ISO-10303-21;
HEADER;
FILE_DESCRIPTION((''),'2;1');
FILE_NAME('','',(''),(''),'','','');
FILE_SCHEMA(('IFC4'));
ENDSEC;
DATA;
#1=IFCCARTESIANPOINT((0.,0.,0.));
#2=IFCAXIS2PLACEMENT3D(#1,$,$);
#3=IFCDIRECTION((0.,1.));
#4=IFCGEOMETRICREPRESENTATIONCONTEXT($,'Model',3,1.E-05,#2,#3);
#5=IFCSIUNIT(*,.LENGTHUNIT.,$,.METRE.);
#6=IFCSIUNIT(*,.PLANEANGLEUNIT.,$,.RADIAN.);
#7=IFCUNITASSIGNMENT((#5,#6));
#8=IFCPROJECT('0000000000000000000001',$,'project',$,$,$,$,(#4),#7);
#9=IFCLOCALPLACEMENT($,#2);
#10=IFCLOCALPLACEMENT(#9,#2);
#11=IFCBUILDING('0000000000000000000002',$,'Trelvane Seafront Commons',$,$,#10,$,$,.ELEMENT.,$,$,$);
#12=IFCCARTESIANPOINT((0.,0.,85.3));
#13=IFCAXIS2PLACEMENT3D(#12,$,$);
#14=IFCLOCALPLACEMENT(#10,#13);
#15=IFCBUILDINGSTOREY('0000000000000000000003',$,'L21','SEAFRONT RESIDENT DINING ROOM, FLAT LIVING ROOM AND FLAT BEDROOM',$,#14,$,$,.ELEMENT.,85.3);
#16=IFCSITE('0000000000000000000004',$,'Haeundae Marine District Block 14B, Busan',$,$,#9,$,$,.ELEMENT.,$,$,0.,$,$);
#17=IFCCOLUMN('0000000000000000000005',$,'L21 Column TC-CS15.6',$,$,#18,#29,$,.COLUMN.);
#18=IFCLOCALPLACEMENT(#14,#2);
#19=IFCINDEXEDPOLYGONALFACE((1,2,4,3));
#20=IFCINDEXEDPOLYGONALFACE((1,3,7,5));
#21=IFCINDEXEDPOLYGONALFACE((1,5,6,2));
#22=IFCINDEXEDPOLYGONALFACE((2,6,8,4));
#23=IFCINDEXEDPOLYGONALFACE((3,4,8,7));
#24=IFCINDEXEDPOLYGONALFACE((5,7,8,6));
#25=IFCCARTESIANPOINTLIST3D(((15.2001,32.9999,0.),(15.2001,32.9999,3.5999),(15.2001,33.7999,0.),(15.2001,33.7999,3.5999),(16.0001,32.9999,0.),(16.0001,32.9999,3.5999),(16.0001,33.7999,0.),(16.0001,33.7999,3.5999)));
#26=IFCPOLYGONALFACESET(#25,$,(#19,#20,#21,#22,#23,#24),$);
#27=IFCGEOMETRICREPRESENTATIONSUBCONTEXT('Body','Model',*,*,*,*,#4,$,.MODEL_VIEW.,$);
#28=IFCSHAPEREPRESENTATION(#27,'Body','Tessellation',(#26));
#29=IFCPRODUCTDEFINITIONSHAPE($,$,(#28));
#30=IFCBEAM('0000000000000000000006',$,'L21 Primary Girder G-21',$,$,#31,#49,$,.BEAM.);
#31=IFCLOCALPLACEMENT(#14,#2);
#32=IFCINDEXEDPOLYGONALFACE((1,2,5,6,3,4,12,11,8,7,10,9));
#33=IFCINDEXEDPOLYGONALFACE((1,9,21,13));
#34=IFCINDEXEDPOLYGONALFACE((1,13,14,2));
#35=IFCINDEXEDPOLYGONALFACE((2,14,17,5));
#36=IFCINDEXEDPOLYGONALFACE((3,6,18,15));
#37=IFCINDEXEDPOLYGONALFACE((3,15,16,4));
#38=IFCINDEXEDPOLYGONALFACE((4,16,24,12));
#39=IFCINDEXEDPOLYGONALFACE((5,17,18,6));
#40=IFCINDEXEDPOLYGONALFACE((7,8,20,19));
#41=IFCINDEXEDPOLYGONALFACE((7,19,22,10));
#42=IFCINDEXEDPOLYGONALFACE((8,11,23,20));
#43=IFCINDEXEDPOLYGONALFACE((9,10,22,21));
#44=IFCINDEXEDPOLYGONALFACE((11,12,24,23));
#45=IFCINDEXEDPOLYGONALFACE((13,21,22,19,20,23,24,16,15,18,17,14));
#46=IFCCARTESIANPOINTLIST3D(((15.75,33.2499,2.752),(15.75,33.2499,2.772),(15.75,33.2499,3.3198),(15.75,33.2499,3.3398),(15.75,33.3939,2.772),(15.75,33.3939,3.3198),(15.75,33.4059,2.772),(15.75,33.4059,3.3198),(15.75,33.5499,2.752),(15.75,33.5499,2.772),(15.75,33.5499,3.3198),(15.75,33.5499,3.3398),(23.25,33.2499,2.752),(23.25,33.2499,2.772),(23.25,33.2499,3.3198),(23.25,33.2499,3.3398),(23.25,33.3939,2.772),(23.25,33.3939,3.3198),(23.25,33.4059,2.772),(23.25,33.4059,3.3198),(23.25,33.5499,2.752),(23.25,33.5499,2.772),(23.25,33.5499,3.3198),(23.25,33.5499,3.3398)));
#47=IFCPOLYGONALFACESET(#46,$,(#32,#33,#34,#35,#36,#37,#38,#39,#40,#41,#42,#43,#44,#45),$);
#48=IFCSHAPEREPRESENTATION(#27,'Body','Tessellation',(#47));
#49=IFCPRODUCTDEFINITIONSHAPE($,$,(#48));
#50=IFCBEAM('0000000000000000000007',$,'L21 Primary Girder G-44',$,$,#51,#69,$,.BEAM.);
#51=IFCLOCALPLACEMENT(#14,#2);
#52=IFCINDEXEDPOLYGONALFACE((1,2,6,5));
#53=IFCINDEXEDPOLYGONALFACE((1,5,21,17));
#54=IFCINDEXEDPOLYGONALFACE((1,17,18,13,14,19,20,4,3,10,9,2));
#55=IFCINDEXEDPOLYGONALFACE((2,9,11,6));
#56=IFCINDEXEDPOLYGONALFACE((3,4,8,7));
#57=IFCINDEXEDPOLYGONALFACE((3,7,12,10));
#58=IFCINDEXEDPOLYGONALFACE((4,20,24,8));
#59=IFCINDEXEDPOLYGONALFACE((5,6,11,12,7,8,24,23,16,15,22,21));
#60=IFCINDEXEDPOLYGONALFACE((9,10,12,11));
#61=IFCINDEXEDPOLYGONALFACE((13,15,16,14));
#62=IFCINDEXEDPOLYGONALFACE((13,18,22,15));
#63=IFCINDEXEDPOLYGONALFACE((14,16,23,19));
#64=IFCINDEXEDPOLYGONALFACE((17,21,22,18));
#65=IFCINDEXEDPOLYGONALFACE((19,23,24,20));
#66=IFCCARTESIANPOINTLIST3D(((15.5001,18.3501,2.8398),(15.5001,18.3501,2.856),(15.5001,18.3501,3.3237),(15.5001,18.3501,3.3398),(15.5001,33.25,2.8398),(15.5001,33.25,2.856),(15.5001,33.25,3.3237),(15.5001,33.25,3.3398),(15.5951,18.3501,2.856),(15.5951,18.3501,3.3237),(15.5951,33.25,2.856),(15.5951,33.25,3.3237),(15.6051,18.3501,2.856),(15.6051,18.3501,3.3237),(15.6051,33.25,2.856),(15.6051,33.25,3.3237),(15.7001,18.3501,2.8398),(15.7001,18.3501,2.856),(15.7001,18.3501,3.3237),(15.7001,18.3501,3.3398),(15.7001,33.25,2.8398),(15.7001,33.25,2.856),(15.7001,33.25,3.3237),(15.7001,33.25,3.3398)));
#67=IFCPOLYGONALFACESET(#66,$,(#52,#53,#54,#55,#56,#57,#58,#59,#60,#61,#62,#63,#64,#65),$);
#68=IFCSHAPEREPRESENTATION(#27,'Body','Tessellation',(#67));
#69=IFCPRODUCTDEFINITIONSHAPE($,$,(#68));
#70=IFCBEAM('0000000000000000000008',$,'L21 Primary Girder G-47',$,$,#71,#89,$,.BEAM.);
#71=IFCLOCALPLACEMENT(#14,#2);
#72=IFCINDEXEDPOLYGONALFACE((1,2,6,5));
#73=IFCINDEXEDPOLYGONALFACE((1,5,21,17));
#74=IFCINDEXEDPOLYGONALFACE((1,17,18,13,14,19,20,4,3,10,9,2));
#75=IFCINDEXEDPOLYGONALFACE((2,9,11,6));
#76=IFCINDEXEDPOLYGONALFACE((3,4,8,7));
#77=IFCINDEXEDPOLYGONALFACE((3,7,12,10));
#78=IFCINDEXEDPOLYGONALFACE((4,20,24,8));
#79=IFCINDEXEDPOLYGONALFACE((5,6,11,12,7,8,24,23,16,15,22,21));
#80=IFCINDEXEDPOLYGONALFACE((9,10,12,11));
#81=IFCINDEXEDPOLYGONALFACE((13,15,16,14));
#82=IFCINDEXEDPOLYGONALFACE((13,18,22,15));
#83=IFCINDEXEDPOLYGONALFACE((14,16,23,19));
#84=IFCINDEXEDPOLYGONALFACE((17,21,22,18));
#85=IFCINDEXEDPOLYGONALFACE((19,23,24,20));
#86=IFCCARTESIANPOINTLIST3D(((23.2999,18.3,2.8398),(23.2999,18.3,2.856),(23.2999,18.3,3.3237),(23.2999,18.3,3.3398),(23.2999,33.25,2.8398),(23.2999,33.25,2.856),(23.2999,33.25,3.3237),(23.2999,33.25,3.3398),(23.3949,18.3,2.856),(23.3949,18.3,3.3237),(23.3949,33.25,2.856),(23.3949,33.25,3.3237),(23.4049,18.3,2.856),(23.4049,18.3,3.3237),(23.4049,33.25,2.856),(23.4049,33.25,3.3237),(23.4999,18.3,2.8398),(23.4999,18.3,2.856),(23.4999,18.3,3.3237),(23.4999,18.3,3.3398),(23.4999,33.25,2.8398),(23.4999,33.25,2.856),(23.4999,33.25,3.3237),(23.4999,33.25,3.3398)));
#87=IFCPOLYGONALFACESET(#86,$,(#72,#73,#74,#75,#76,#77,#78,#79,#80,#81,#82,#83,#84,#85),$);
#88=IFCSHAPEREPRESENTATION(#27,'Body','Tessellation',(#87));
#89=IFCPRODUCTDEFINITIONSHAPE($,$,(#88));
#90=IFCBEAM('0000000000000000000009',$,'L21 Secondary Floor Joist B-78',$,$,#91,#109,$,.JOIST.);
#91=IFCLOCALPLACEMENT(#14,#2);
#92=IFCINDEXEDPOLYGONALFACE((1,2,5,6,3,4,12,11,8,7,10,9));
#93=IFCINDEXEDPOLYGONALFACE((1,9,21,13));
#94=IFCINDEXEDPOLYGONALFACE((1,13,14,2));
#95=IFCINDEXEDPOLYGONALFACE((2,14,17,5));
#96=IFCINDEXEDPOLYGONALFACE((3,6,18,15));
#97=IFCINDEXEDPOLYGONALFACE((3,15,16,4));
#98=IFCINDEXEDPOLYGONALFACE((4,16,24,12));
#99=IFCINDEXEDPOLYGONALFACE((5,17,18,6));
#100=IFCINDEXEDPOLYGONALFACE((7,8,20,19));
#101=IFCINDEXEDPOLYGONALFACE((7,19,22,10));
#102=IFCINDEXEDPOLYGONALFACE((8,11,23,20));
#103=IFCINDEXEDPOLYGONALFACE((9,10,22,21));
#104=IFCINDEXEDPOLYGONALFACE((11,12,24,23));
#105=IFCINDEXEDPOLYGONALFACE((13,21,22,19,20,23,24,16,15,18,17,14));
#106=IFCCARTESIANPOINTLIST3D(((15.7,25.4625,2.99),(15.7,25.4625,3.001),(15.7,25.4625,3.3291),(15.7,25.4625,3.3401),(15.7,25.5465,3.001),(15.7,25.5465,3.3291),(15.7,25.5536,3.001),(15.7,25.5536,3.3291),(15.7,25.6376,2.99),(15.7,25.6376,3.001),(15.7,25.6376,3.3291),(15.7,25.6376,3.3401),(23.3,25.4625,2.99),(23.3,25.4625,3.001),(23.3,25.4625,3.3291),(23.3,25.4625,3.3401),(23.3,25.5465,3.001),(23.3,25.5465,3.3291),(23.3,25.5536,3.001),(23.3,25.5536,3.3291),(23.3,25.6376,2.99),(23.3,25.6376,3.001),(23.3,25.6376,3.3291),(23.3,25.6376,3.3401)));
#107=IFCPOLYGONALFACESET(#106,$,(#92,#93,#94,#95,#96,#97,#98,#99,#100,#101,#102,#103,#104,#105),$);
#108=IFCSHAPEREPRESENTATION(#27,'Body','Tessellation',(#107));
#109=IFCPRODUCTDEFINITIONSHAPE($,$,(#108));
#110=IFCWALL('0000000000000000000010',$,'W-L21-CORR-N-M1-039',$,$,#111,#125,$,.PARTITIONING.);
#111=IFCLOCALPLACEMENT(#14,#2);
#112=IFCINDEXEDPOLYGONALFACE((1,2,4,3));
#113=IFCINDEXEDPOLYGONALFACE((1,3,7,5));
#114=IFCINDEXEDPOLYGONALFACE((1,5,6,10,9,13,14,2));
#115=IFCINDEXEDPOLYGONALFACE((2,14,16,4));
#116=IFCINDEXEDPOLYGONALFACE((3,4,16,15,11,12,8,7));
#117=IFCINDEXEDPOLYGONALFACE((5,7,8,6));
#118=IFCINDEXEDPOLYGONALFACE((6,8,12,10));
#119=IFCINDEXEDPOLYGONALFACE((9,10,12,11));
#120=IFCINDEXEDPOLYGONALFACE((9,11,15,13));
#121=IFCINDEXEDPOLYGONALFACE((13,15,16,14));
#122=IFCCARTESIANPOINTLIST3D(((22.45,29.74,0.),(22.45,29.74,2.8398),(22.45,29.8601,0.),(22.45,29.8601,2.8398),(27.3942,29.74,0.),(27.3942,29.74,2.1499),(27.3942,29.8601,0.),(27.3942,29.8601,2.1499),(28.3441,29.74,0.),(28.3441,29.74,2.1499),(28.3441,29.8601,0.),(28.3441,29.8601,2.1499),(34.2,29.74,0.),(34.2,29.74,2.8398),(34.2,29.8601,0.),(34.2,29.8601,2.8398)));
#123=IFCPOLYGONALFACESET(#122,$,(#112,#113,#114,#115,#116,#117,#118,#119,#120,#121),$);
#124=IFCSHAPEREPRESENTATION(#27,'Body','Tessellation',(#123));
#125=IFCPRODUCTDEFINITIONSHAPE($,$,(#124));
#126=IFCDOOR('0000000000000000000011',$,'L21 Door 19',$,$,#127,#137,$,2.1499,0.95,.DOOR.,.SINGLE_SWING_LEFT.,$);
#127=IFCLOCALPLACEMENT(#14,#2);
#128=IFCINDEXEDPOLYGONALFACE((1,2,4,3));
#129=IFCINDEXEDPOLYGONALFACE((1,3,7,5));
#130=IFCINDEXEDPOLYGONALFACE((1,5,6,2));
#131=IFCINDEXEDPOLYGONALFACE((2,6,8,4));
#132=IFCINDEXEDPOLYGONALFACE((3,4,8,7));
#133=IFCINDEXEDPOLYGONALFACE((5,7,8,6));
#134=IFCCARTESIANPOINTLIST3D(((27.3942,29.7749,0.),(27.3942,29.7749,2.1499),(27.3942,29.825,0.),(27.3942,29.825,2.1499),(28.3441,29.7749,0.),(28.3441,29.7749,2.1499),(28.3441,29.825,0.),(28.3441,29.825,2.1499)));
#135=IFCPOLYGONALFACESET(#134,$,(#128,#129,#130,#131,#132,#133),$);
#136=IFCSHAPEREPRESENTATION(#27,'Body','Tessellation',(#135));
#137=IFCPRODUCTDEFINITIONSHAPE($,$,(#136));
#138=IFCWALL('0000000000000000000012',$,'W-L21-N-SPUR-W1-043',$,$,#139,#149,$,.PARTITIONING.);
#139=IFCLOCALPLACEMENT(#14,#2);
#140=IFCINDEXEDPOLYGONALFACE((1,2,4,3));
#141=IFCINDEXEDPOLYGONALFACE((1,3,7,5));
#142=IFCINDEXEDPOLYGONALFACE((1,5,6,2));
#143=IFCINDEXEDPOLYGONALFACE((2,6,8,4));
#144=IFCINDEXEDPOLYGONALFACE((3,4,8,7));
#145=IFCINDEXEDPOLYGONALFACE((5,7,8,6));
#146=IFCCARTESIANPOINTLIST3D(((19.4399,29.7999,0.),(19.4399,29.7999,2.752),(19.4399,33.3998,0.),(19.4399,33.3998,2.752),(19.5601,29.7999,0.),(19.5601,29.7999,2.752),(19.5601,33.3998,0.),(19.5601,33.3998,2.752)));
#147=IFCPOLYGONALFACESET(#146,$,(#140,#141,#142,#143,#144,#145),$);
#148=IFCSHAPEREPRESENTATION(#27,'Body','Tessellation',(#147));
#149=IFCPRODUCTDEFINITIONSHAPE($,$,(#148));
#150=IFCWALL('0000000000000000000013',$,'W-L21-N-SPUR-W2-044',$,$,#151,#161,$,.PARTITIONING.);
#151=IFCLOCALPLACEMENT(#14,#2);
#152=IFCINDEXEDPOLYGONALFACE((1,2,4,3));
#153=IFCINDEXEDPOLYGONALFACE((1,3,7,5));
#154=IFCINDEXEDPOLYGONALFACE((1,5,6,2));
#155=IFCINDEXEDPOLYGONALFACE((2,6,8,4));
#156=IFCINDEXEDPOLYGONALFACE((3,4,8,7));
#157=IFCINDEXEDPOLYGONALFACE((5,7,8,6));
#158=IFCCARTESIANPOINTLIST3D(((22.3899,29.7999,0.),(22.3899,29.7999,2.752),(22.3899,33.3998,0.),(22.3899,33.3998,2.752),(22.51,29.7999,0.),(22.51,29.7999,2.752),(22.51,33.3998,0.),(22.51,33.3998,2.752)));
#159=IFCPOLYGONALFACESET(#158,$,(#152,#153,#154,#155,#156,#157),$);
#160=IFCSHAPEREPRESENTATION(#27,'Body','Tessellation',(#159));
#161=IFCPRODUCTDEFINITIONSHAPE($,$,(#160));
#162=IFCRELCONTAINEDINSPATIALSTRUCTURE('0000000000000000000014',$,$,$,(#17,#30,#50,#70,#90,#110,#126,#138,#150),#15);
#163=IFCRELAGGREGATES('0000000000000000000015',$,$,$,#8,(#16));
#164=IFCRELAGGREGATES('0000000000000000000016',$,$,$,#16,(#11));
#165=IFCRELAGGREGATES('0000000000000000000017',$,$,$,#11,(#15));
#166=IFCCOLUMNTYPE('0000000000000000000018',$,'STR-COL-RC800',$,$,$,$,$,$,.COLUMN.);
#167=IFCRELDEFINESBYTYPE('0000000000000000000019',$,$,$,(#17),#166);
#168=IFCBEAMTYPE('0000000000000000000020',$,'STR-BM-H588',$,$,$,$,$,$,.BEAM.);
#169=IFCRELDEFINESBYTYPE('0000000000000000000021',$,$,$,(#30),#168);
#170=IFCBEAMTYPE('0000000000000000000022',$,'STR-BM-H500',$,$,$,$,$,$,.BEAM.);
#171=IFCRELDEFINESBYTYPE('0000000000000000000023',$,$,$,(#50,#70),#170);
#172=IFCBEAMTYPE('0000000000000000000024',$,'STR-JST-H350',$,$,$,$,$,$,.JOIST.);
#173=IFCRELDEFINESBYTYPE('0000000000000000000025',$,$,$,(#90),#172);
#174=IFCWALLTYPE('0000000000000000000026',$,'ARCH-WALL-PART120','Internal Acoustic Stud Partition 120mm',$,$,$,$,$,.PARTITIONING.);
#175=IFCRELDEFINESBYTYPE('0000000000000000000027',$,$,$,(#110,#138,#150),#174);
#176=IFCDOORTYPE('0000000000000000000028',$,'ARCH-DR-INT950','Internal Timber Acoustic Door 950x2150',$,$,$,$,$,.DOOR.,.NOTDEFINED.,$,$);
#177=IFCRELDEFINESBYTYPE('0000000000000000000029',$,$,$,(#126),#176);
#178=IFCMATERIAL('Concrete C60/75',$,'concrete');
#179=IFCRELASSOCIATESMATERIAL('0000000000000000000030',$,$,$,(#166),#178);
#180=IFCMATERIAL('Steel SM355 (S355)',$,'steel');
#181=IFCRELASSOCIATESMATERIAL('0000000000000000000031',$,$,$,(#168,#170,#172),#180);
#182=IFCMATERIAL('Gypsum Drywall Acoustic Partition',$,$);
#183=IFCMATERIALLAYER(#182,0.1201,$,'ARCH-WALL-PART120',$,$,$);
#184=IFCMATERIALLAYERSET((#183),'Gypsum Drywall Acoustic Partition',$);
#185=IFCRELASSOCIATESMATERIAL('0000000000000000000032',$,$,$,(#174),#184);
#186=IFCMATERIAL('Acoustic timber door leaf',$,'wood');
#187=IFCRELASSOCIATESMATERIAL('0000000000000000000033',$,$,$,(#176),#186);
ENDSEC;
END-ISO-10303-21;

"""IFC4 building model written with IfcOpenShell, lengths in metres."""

from ifc_helpers import new_model, si_unit, direction, frame, frame_2d, origin, origin_2d, place, context, subcontext, project, spatial, rectangle, i_section, extrude, source, transform, mapped, material, layer, layer_set, material_profile, profile_set, type_object, element, fill, save


model = new_model("IFC4")

# Units and contexts
model_context = context("Model", 3, precision=1e-05, world=origin(), true_north=direction((0.0, 1.0)))
body_context = subcontext(model_context, "Body", "Model", "MODEL_VIEW")
ifc_project = project(units=[si_unit("LENGTHUNIT", "METRE"), si_unit("PLANEANGLEUNIT", "RADIAN")], contexts=[model_context])

# Site, building, storey
site_placement = place(None, origin())
site = spatial("IfcSite", under=ifc_project, at=site_placement, Name="Haeundae Marine District Block 14B, Busan", CompositionType="ELEMENT", RefElevation=0.0)
building_placement = place(site_placement, origin())
building = spatial("IfcBuilding", under=site, at=building_placement, Name="Trelvane Seafront Commons", CompositionType="ELEMENT")
storey_placement = place(building_placement, frame((0.0, 0.0, 85.3)))
storey = spatial("IfcBuildingStorey", under=building, at=storey_placement, Name="L21", Description="SEAFRONT RESIDENT DINING ROOM, FLAT LIVING ROOM AND FLAT BEDROOM", CompositionType="ELEMENT", Elevation=85.3)

# Column
ifc_material_1 = material(Name="Concrete C60/75", Category="concrete")
ifc_material_profile_1 = material_profile(ifc_material_1, rectangle(XDim=0.8, YDim=0.8, at=origin_2d()), Name="RC-800x800")
ifc_profile_set_1 = profile_set([ifc_material_profile_1], Name="Concrete C60/75")
column_type = type_object("IfcColumnType", Name="STR-COL-RC800", PredefinedType="COLUMN", material=ifc_profile_set_1)
shared_shape_1 = source(origin(), body_context, "Body", "SweptSolid", [
    extrude(rectangle(XDim=0.8, YDim=0.8, at=origin_2d()), origin(), (0.0, 0.0, 1.0), 3.5999),
])
column_placement = place(storey_placement, frame((15.6001, 33.3999, 0.0), z_axis=(0.0, 0.0, 1.0), x_axis=(1.0, 0.0, 0.0)))
element("IfcColumn", 1, at=column_placement, inside=storey, type_object=column_type, Name="L21 Column TC-CS15.6", PredefinedType="COLUMN", context=body_context, shape_type="MappedRepresentation", body=[
    mapped(shared_shape_1, transform((0.0, 0.0, 0.0), x_axis=(1.0, 0.0, 0.0), y_axis=(0.0, 1.0, 0.0), z_axis=(0.0, 0.0, 1.0), scale=1.0)),
])

# Beams
ifc_material_2 = material(Name="Steel SM355 (S355)", Category="steel")
ifc_material_profile_2 = material_profile(ifc_material_2, i_section(OverallWidth=0.3, OverallDepth=0.5879, WebThickness=0.012, FlangeThickness=0.02, at=origin_2d()), Name="H-588x300x12x20")
ifc_profile_set_2 = profile_set([ifc_material_profile_2], Name="Steel SM355 (S355)")
beam_type_1 = type_object("IfcBeamType", Name="STR-BM-H588", PredefinedType="BEAM", material=ifc_profile_set_2)
shared_shape_2 = source(origin(), body_context, "Body", "SweptSolid", [
    extrude(i_section(OverallWidth=0.3, OverallDepth=0.5879, WebThickness=0.012, FlangeThickness=0.02, at=origin_2d()), origin(), (0.0, 0.0, 1.0), 7.5),
])
beam_1_placement = place(storey_placement, frame((15.75, 33.3999, 3.0459), z_axis=(1.0, 0.0, 0.0), x_axis=(0.0, 1.0, 0.0)))
element("IfcBeam", 2, at=beam_1_placement, inside=storey, type_object=beam_type_1, Name="L21 Primary Girder G-21", PredefinedType="BEAM", context=body_context, shape_type="MappedRepresentation", body=[
    mapped(shared_shape_2, transform((0.0, 0.0, 0.0), x_axis=(1.0, 0.0, 0.0), y_axis=(0.0, 1.0, 0.0), z_axis=(0.0, 0.0, 1.0), scale=1.0)),
])
ifc_material_profile_3 = material_profile(ifc_material_2, i_section(OverallWidth=0.2, OverallDepth=0.5, WebThickness=0.01, FlangeThickness=0.0161, at=origin_2d()), Name="H-500x200x10x16")
ifc_profile_set_3 = profile_set([ifc_material_profile_3], Name="Steel SM355 (S355)")
beam_type_2 = type_object("IfcBeamType", Name="STR-BM-H500", PredefinedType="BEAM", material=ifc_profile_set_3)
shared_shape_3 = source(origin(), body_context, "Body", "SweptSolid", [
    extrude(i_section(OverallWidth=0.2, OverallDepth=0.5, WebThickness=0.01, FlangeThickness=0.0161, at=origin_2d()), origin(), (0.0, 0.0, 1.0), 14.8999),
])
beam_2_placement = place(storey_placement, frame((15.6001, 18.3501, 3.0898), z_axis=(0.0, 1.0, 0.0), x_axis=(-1.0, 0.0, 0.0)))
element("IfcBeam", 3, at=beam_2_placement, inside=storey, type_object=beam_type_2, Name="L21 Primary Girder G-44", PredefinedType="BEAM", context=body_context, shape_type="MappedRepresentation", body=[
    mapped(shared_shape_3, transform((0.0, 0.0, 0.0), x_axis=(1.0, 0.0, 0.0), y_axis=(0.0, 1.0, 0.0), z_axis=(0.0, 0.0, 1.0), scale=1.0)),
])
shared_shape_4 = source(origin(), body_context, "Body", "SweptSolid", [
    extrude(i_section(OverallWidth=0.2, OverallDepth=0.5, WebThickness=0.01, FlangeThickness=0.0161, at=origin_2d()), origin(), (0.0, 0.0, 1.0), 14.95),
])
beam_3_placement = place(storey_placement, frame((23.3999, 18.3, 3.0898), z_axis=(0.0, 1.0, 0.0), x_axis=(-1.0, 0.0, 0.0)))
element("IfcBeam", 4, at=beam_3_placement, inside=storey, type_object=beam_type_2, Name="L21 Primary Girder G-47", PredefinedType="BEAM", context=body_context, shape_type="MappedRepresentation", body=[
    mapped(shared_shape_4, transform((0.0, 0.0, 0.0), x_axis=(1.0, 0.0, 0.0), y_axis=(0.0, 1.0, 0.0), z_axis=(0.0, 0.0, 1.0), scale=1.0)),
])
ifc_material_profile_4 = material_profile(ifc_material_2, i_section(OverallWidth=0.175, OverallDepth=0.3501, WebThickness=0.0071, FlangeThickness=0.011, at=origin_2d()), Name="H-350x175x7x11")
ifc_profile_set_4 = profile_set([ifc_material_profile_4], Name="Steel SM355 (S355)")
beam_type_3 = type_object("IfcBeamType", Name="STR-JST-H350", PredefinedType="JOIST", material=ifc_profile_set_4)
shared_shape_5 = source(origin(), body_context, "Body", "SweptSolid", [
    extrude(i_section(OverallWidth=0.175, OverallDepth=0.3501, WebThickness=0.0071, FlangeThickness=0.011, at=origin_2d()), origin(), (0.0, 0.0, 1.0), 7.6001),
])
beam_4_placement = place(storey_placement, frame((15.7, 25.55, 3.165), z_axis=(1.0, 0.0, 0.0), x_axis=(0.0, 1.0, 0.0)))
element("IfcBeam", 5, at=beam_4_placement, inside=storey, type_object=beam_type_3, Name="L21 Secondary Floor Joist B-78", PredefinedType="JOIST", context=body_context, shape_type="MappedRepresentation", body=[
    mapped(shared_shape_5, transform((0.0, 0.0, 0.0), x_axis=(1.0, 0.0, 0.0), y_axis=(0.0, 1.0, 0.0), z_axis=(0.0, 0.0, 1.0), scale=1.0)),
])

# Wall, opening, door
ifc_material_3 = material(Name="Gypsum Drywall Acoustic Partition")
ifc_layer_1 = layer(ifc_material_3, 0.1201, Name="ARCH-WALL-PART120")
ifc_layer_set_1 = layer_set([ifc_layer_1], Name="Gypsum Drywall Acoustic Partition")
wall_type_1 = type_object("IfcWallType", Name="ARCH-WALL-PART120", Description="Internal Acoustic Stud Partition 120mm", PredefinedType="PARTITIONING", material=ifc_layer_set_1)
wall_1_placement = place(storey_placement, frame((22.45, 29.8, 0.0), z_axis=(0.0, 0.0, 1.0), x_axis=(1.0, 0.0, 0.0)))
wall_1 = element("IfcWall", 6, at=wall_1_placement, inside=storey, type_object=wall_type_1, Name="W-L21-CORR-N-M1-039", PredefinedType="PARTITIONING", context=body_context, shape_type="SweptSolid", body=[
    extrude(rectangle(XDim=11.75, YDim=0.1201, at=frame_2d((5.875, 0.0))), origin(), (0.0, 0.0, 1.0), 2.8398),
])
opening_1_placement = place(wall_1_placement, frame((4.9441, 0.0, 0.0)))
opening_1 = element("IfcOpeningElement", 7, at=opening_1_placement, cuts=wall_1, PredefinedType="OPENING", context=body_context, shape_type="SweptSolid", body=[
    extrude(rectangle(XDim=0.95, YDim=2.1499, at=frame_2d((0.4751, 1.075))), frame((0.0, 0.0701, 0.0), z_axis=(0.0, -1.0, 0.0), x_axis=(1.0, 0.0, 0.0)), (0.0, 0.0, 1.0), 0.1401),
])
ifc_material_4 = material(Name="Acoustic timber door leaf", Category="wood")
door_type_1 = type_object("IfcDoorType", Name="ARCH-DR-INT950", Description="Internal Timber Acoustic Door 950x2150", OperationType="NOTDEFINED", PredefinedType="DOOR", material=ifc_material_4)
shared_shape_6 = source(origin(), body_context, "Body", "SweptSolid", [
    extrude(rectangle(XDim=0.95, YDim=2.1499, at=frame_2d((0.4751, 1.075))), frame((0.0, 0.0249, 0.0), z_axis=(0.0, -1.0, 0.0), x_axis=(1.0, 0.0, 0.0)), (0.0, 0.0, 1.0), 0.05),
])
door_1_placement = place(opening_1_placement, origin())
door_1 = element("IfcDoor", 8, at=door_1_placement, inside=storey, type_object=door_type_1, Name="L21 Door 19", OperationType="SINGLE_SWING_LEFT", OverallHeight=2.1499, OverallWidth=0.95, PredefinedType="DOOR", context=body_context, shape_type="MappedRepresentation", body=[
    mapped(shared_shape_6, transform((0.0, 0.0, 0.0), x_axis=(1.0, 0.0, 0.0), y_axis=(0.0, 1.0, 0.0), z_axis=(0.0, 0.0, 1.0), scale=1.0)),
])
fill(opening_1, door_1)

# Walls
for number, where, z_axis, x_axis, name in (
    (9, (19.5, 29.8, 0.0), (0.0, 0.0, 1.0), (0.0, 1.0, 0.0), "W-L21-N-SPUR-W1-043"),
    (10, (22.45, 29.8, 0.0), (0.0, 0.0, 1.0), (0.0, 1.0, 0.0), "W-L21-N-SPUR-W2-044"),
):
    element("IfcWall", number, at=place(storey_placement, frame(where, z_axis=z_axis, x_axis=x_axis)), inside=storey, type_object=wall_type_1, Name=name, PredefinedType="PARTITIONING", context=body_context, shape_type="SweptSolid", body=[
        extrude(rectangle(XDim=3.5999, YDim=0.1201, at=frame_2d((1.7998, 0.0))), origin(), (0.0, 0.0, 1.0), 2.752),
    ])

save(model, "model.ifc")
